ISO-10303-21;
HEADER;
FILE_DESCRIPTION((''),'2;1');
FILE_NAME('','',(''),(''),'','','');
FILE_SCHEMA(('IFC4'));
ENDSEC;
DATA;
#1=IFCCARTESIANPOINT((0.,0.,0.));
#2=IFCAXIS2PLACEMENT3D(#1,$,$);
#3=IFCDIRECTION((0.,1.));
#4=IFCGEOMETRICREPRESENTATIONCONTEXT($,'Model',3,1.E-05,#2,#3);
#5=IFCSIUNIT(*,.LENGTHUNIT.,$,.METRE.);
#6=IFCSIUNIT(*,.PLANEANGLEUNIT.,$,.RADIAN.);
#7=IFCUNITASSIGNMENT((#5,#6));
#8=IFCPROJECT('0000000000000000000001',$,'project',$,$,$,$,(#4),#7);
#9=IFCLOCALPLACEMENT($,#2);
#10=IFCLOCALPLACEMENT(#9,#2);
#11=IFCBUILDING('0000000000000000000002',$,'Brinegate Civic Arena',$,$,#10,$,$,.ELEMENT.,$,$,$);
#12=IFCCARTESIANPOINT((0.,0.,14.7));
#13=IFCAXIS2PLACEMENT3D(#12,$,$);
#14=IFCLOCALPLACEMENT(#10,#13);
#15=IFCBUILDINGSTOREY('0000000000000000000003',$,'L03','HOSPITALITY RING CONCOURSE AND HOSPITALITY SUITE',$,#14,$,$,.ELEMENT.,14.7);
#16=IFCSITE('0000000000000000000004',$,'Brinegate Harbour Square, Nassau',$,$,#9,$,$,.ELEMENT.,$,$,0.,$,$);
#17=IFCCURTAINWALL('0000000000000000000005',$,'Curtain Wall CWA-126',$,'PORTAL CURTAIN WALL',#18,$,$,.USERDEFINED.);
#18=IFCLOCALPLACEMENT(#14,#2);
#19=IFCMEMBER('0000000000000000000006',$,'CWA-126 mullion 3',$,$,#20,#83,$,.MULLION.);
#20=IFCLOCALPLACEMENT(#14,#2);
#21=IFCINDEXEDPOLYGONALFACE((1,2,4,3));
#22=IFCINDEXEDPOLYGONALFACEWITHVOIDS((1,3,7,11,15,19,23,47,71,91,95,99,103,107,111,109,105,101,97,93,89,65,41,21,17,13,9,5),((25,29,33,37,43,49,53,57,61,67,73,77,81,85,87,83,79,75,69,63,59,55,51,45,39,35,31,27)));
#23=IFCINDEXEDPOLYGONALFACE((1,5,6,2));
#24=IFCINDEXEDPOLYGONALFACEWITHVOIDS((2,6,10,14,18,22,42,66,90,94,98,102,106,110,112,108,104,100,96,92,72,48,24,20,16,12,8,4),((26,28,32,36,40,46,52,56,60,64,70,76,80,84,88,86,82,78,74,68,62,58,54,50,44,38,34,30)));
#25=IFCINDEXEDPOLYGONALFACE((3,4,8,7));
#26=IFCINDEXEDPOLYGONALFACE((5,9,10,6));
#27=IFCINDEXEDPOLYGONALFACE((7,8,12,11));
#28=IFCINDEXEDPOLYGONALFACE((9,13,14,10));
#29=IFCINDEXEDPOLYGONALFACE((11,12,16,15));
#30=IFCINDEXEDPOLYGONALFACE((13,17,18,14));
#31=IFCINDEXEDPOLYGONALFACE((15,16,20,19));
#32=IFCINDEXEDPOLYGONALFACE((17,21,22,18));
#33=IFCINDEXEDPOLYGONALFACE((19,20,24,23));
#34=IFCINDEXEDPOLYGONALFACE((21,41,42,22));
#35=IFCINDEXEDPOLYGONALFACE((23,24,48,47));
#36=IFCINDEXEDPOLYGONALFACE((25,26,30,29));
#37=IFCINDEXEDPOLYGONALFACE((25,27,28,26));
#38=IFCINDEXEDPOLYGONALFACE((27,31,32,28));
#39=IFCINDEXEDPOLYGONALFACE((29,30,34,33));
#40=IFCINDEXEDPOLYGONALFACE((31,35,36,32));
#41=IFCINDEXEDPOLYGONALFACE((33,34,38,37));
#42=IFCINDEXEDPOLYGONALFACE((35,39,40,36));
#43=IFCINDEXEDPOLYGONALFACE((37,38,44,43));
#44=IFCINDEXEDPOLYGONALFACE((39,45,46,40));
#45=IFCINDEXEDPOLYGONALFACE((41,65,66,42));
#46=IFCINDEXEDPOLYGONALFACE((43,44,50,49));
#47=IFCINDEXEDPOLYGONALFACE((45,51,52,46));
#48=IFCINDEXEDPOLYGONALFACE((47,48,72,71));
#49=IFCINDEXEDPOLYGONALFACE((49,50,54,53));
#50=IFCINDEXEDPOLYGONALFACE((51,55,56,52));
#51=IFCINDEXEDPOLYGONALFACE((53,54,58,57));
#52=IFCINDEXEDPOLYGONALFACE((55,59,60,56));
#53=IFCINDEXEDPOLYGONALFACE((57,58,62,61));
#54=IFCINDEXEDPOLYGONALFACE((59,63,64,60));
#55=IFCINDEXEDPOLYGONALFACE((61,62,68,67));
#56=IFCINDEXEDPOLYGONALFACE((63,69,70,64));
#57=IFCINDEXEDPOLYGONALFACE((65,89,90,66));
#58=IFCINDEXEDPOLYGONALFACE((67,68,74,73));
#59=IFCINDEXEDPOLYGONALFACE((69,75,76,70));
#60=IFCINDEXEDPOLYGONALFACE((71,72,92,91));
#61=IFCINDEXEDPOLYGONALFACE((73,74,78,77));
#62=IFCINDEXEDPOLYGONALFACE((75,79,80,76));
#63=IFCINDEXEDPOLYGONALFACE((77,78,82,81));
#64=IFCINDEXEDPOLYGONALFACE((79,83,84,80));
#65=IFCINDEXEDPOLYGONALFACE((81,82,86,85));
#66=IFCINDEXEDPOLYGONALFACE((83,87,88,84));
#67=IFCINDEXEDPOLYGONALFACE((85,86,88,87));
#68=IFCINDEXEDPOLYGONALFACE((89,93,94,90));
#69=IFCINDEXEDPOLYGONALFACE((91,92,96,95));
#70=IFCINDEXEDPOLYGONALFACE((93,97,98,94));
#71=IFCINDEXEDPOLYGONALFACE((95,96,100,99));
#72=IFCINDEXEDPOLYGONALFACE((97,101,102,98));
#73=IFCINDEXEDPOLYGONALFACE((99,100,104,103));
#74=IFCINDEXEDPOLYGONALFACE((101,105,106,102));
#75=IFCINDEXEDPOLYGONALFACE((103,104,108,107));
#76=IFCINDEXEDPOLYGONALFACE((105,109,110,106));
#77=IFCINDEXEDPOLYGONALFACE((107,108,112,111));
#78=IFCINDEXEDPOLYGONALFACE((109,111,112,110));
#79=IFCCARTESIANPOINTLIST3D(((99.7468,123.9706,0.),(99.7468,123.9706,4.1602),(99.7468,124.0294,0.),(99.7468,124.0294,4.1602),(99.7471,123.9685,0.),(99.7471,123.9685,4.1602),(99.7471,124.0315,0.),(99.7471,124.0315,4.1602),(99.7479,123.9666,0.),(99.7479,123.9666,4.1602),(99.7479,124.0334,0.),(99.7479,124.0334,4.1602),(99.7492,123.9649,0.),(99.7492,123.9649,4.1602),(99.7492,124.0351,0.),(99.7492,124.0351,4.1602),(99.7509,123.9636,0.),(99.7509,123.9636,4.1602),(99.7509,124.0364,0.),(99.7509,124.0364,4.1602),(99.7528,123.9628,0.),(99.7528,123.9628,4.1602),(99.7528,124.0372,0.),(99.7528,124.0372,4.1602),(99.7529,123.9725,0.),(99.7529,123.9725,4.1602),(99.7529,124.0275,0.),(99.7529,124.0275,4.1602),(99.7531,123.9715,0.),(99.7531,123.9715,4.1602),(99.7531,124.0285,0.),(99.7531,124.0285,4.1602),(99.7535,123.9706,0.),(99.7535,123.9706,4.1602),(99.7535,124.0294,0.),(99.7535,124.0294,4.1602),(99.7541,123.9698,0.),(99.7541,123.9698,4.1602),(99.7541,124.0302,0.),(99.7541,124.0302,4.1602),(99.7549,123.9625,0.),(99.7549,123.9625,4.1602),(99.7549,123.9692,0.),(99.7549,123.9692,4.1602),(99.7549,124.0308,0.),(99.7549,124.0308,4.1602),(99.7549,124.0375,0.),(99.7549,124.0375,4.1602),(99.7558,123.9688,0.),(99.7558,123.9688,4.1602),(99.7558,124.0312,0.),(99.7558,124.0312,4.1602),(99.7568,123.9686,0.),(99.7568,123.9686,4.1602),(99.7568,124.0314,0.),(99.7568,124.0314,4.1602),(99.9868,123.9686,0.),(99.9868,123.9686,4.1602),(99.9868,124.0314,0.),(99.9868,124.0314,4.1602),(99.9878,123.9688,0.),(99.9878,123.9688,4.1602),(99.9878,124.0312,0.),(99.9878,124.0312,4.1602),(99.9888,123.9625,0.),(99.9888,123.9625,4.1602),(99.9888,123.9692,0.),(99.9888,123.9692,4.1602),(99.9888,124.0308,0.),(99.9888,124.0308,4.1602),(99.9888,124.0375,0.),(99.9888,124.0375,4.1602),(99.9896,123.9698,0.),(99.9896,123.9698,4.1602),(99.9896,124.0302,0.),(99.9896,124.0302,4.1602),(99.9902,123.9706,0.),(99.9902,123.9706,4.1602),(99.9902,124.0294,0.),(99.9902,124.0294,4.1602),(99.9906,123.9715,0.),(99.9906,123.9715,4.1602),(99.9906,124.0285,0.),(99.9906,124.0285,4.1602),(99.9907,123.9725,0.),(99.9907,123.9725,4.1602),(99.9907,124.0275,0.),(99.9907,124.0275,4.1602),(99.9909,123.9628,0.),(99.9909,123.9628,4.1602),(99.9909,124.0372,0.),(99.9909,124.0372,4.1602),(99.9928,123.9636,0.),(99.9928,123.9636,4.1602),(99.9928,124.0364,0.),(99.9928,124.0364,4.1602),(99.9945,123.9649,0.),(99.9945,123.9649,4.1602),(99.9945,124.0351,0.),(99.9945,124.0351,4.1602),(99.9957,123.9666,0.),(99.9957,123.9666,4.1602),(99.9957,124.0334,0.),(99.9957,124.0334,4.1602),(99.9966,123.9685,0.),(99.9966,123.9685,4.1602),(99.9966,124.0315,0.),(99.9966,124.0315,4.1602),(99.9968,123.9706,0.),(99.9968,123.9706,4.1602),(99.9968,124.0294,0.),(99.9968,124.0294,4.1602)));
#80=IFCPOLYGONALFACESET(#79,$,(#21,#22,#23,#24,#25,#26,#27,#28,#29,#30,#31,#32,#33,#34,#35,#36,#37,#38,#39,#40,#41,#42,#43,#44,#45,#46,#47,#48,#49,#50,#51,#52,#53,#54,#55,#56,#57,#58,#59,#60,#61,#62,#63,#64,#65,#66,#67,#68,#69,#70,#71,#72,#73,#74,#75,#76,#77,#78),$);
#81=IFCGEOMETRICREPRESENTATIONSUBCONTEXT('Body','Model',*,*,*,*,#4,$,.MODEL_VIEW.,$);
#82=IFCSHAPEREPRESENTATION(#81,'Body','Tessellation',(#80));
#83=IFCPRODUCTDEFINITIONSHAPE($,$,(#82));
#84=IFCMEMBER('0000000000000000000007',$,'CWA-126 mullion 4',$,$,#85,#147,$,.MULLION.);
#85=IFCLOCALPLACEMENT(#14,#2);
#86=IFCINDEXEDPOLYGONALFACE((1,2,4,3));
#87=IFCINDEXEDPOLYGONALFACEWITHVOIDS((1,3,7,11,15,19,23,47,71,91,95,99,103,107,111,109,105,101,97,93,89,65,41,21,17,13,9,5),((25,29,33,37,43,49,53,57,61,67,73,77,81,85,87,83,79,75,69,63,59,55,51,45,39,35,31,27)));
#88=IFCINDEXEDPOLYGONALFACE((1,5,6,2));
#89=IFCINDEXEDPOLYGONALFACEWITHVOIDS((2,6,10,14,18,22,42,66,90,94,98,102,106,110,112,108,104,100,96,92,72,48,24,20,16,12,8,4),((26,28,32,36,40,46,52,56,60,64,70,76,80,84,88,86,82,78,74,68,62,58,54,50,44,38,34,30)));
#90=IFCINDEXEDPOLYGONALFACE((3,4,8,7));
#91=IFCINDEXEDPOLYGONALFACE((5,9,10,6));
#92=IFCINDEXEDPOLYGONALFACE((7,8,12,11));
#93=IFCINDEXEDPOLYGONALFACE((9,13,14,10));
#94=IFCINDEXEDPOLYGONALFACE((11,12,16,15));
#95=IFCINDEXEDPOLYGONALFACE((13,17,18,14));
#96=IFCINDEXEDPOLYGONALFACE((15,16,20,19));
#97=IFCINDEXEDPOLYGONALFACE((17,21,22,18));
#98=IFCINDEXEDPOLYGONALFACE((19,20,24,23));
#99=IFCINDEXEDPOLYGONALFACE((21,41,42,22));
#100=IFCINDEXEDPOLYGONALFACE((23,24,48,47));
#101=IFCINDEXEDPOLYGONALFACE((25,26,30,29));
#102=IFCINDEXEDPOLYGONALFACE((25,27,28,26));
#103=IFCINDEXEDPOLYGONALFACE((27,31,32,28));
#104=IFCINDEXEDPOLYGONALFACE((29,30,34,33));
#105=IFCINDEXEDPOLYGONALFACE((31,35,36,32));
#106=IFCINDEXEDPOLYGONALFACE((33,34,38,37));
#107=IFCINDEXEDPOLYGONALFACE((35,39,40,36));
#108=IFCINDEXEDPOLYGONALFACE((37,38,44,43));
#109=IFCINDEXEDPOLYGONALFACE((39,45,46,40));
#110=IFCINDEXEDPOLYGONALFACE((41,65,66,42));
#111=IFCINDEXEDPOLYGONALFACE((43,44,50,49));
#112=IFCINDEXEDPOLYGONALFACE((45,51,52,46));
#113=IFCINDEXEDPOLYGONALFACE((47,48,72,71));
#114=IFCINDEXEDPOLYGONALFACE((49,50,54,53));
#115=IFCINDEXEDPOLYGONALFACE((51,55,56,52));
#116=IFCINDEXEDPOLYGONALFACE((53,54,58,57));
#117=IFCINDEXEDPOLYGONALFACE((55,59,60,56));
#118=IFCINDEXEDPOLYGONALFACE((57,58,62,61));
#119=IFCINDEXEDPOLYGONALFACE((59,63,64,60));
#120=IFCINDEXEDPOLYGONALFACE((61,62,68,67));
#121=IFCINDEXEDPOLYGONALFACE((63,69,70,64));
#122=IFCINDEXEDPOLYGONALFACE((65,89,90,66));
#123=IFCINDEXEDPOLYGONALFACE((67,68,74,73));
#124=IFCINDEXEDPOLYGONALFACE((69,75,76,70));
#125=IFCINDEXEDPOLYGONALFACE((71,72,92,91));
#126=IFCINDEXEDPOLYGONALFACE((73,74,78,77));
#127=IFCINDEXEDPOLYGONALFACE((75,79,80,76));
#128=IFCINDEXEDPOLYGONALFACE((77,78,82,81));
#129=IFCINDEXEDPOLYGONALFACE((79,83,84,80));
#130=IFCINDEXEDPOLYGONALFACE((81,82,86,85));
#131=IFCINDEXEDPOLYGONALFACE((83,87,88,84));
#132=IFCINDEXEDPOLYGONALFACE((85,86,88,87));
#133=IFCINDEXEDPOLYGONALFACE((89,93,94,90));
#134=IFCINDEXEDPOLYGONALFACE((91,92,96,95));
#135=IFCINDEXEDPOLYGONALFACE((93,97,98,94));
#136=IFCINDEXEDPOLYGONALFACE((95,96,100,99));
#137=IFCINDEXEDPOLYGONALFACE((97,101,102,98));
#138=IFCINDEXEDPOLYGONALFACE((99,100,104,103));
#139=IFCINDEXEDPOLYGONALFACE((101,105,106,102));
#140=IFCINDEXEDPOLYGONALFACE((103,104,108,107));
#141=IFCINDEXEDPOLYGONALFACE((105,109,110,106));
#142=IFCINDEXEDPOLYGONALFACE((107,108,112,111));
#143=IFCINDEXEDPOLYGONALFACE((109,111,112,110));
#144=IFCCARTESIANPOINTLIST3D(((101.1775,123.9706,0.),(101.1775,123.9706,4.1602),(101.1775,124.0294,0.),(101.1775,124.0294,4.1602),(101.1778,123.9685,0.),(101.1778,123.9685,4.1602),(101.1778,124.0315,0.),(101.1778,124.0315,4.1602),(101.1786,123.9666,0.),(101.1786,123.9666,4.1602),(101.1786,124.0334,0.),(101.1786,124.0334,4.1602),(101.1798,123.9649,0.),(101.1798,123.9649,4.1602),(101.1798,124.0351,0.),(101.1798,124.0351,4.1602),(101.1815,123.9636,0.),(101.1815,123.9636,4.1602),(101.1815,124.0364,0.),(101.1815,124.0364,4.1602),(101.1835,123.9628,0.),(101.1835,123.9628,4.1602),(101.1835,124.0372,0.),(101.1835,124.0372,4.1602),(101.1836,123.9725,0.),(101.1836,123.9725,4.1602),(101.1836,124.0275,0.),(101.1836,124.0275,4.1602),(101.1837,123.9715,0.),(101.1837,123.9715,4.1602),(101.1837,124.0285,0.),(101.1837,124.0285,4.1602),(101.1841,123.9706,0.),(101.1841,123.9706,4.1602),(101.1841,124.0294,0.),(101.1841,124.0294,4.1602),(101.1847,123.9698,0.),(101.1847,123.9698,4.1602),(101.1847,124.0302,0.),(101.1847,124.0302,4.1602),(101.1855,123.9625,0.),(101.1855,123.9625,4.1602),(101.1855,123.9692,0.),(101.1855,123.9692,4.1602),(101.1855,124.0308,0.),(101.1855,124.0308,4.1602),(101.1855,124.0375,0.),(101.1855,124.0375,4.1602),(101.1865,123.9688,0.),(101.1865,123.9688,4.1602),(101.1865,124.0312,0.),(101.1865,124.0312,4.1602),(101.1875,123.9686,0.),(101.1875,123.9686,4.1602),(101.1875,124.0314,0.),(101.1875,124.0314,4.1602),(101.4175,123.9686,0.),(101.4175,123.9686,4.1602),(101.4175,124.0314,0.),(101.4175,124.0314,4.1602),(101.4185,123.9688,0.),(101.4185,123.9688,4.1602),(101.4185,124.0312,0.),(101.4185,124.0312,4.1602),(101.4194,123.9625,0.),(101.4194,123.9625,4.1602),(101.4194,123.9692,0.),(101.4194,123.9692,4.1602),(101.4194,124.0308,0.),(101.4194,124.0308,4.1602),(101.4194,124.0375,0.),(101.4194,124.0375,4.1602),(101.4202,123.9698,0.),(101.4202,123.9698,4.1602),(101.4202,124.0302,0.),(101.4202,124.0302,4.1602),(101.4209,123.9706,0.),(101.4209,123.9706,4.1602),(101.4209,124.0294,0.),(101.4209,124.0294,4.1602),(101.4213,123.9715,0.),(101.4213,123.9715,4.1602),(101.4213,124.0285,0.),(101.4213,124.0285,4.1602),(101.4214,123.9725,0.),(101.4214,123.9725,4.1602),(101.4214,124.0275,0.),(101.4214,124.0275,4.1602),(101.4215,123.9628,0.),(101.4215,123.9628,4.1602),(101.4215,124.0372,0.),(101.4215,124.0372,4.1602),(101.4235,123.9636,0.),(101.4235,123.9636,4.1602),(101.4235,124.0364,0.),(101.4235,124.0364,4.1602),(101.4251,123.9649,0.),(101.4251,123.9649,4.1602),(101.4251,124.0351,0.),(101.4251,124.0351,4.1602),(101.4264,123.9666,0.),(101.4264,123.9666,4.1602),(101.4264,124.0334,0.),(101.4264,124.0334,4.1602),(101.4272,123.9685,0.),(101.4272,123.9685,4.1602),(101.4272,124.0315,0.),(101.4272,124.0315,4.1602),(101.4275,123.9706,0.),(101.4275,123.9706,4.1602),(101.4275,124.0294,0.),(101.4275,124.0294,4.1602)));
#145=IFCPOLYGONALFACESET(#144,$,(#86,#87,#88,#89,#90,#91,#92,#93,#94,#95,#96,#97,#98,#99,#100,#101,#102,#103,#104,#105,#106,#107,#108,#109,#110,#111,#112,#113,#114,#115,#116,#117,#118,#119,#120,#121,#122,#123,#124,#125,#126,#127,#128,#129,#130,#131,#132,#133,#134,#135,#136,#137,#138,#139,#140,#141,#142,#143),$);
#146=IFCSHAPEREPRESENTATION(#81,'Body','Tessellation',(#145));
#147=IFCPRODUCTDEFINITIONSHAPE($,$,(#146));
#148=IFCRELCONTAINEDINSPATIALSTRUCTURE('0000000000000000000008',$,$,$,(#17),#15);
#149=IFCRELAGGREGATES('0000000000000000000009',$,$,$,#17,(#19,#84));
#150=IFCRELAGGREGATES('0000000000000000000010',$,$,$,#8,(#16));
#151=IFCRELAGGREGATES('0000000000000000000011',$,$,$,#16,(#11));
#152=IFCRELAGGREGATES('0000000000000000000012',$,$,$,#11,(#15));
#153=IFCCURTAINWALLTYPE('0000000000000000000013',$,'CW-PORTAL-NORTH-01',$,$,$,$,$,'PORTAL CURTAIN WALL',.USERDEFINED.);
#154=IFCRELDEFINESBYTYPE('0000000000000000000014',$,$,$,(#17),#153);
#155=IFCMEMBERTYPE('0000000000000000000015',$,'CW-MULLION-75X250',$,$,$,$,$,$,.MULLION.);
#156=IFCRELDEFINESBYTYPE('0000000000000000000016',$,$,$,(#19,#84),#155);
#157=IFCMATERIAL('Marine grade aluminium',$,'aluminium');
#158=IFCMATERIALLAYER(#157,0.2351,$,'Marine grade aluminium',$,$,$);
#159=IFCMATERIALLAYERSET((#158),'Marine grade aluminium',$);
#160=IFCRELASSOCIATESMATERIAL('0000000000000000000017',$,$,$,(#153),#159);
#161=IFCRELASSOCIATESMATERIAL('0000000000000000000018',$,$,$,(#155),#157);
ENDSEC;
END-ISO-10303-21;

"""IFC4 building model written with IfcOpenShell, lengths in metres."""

from ifc_helpers import new_model, si_unit, direction, frame, origin, origin_2d, place, context, subcontext, project, spatial, hollow_rectangle, extrude, material, layer, layer_set, material_profile, profile_set, type_object, element, aggregate, save


model = new_model("IFC4")

# Units and contexts
model_context = context("Model", 3, precision=1e-05, world=origin(), true_north=direction((0.0, 1.0)))
body_context = subcontext(model_context, "Body", "Model", "MODEL_VIEW")
ifc_project = project(units=[si_unit("LENGTHUNIT", "METRE"), si_unit("PLANEANGLEUNIT", "RADIAN")], contexts=[model_context])

# Site, building, storey
site_placement = place(None, origin())
site = spatial("IfcSite", under=ifc_project, at=site_placement, Name="Brinegate Harbour Square, Nassau", CompositionType="ELEMENT", RefElevation=0.0)
building_placement = place(site_placement, origin())
building = spatial("IfcBuilding", under=site, at=building_placement, Name="Brinegate Civic Arena", CompositionType="ELEMENT")
storey_placement = place(building_placement, frame((0.0, 0.0, 14.7)))
storey = spatial("IfcBuildingStorey", under=building, at=storey_placement, Name="L03", Description="HOSPITALITY RING CONCOURSE AND HOSPITALITY SUITE", CompositionType="ELEMENT", Elevation=14.7)

# Curtain wall, members
ifc_material_1 = material(Name="Marine grade aluminium", Category="aluminium")
ifc_layer_1 = layer(ifc_material_1, 0.2351, Name="Marine grade aluminium")
ifc_layer_set_1 = layer_set([ifc_layer_1], Name="Marine grade aluminium")
curtain_wall_type = type_object("IfcCurtainWallType", Name="CW-PORTAL-NORTH-01", ElementType="PORTAL CURTAIN WALL", PredefinedType="USERDEFINED", material=ifc_layer_set_1)
curtain_wall_placement = place(storey_placement, origin())
curtain_wall = element("IfcCurtainWall", 1, at=curtain_wall_placement, inside=storey, type_object=curtain_wall_type, Name="Curtain Wall CWA-126", ObjectType="PORTAL CURTAIN WALL", PredefinedType="USERDEFINED")
ifc_material_profile_1 = material_profile(ifc_material_1, hollow_rectangle(XDim=0.075, YDim=0.25, WallThickness=0.0061, InnerFilletRadius=0.0039, OuterFilletRadius=0.0081, at=origin_2d()), Name="MUL75X250")
ifc_profile_set_1 = profile_set([ifc_material_profile_1], Name="Marine grade aluminium")
member_type_1 = type_object("IfcMemberType", Name="CW-MULLION-75X250", PredefinedType="MULLION", material=ifc_profile_set_1)
member_1_placement = place(storey_placement, frame((99.8718, 124.0, 0.0), z_axis=(0.0, 0.0, 1.0), x_axis=(0.0, 1.0, 0.0)))
member_1 = element("IfcMember", 2, at=member_1_placement, type_object=member_type_1, Name="CWA-126 mullion 3", PredefinedType="MULLION", context=body_context, shape_type="SweptSolid", body=[
    extrude(hollow_rectangle(XDim=0.075, YDim=0.25, WallThickness=0.0061, InnerFilletRadius=0.0039, OuterFilletRadius=0.0081, at=origin_2d()), origin(), (0.0, 0.0, 1.0), 4.1602),
])
member_2_placement = place(storey_placement, frame((101.3025, 124.0, 0.0), z_axis=(0.0, 0.0, 1.0), x_axis=(0.0, 1.0, 0.0)))
member_2 = element("IfcMember", 3, at=member_2_placement, type_object=member_type_1, Name="CWA-126 mullion 4", PredefinedType="MULLION", context=body_context, shape_type="SweptSolid", body=[
    extrude(hollow_rectangle(XDim=0.075, YDim=0.25, WallThickness=0.0061, InnerFilletRadius=0.0039, OuterFilletRadius=0.0081, at=origin_2d()), origin(), (0.0, 0.0, 1.0), 4.1602),
])
aggregate(curtain_wall, [member_1, member_2])

save(model, "model.ifc")
